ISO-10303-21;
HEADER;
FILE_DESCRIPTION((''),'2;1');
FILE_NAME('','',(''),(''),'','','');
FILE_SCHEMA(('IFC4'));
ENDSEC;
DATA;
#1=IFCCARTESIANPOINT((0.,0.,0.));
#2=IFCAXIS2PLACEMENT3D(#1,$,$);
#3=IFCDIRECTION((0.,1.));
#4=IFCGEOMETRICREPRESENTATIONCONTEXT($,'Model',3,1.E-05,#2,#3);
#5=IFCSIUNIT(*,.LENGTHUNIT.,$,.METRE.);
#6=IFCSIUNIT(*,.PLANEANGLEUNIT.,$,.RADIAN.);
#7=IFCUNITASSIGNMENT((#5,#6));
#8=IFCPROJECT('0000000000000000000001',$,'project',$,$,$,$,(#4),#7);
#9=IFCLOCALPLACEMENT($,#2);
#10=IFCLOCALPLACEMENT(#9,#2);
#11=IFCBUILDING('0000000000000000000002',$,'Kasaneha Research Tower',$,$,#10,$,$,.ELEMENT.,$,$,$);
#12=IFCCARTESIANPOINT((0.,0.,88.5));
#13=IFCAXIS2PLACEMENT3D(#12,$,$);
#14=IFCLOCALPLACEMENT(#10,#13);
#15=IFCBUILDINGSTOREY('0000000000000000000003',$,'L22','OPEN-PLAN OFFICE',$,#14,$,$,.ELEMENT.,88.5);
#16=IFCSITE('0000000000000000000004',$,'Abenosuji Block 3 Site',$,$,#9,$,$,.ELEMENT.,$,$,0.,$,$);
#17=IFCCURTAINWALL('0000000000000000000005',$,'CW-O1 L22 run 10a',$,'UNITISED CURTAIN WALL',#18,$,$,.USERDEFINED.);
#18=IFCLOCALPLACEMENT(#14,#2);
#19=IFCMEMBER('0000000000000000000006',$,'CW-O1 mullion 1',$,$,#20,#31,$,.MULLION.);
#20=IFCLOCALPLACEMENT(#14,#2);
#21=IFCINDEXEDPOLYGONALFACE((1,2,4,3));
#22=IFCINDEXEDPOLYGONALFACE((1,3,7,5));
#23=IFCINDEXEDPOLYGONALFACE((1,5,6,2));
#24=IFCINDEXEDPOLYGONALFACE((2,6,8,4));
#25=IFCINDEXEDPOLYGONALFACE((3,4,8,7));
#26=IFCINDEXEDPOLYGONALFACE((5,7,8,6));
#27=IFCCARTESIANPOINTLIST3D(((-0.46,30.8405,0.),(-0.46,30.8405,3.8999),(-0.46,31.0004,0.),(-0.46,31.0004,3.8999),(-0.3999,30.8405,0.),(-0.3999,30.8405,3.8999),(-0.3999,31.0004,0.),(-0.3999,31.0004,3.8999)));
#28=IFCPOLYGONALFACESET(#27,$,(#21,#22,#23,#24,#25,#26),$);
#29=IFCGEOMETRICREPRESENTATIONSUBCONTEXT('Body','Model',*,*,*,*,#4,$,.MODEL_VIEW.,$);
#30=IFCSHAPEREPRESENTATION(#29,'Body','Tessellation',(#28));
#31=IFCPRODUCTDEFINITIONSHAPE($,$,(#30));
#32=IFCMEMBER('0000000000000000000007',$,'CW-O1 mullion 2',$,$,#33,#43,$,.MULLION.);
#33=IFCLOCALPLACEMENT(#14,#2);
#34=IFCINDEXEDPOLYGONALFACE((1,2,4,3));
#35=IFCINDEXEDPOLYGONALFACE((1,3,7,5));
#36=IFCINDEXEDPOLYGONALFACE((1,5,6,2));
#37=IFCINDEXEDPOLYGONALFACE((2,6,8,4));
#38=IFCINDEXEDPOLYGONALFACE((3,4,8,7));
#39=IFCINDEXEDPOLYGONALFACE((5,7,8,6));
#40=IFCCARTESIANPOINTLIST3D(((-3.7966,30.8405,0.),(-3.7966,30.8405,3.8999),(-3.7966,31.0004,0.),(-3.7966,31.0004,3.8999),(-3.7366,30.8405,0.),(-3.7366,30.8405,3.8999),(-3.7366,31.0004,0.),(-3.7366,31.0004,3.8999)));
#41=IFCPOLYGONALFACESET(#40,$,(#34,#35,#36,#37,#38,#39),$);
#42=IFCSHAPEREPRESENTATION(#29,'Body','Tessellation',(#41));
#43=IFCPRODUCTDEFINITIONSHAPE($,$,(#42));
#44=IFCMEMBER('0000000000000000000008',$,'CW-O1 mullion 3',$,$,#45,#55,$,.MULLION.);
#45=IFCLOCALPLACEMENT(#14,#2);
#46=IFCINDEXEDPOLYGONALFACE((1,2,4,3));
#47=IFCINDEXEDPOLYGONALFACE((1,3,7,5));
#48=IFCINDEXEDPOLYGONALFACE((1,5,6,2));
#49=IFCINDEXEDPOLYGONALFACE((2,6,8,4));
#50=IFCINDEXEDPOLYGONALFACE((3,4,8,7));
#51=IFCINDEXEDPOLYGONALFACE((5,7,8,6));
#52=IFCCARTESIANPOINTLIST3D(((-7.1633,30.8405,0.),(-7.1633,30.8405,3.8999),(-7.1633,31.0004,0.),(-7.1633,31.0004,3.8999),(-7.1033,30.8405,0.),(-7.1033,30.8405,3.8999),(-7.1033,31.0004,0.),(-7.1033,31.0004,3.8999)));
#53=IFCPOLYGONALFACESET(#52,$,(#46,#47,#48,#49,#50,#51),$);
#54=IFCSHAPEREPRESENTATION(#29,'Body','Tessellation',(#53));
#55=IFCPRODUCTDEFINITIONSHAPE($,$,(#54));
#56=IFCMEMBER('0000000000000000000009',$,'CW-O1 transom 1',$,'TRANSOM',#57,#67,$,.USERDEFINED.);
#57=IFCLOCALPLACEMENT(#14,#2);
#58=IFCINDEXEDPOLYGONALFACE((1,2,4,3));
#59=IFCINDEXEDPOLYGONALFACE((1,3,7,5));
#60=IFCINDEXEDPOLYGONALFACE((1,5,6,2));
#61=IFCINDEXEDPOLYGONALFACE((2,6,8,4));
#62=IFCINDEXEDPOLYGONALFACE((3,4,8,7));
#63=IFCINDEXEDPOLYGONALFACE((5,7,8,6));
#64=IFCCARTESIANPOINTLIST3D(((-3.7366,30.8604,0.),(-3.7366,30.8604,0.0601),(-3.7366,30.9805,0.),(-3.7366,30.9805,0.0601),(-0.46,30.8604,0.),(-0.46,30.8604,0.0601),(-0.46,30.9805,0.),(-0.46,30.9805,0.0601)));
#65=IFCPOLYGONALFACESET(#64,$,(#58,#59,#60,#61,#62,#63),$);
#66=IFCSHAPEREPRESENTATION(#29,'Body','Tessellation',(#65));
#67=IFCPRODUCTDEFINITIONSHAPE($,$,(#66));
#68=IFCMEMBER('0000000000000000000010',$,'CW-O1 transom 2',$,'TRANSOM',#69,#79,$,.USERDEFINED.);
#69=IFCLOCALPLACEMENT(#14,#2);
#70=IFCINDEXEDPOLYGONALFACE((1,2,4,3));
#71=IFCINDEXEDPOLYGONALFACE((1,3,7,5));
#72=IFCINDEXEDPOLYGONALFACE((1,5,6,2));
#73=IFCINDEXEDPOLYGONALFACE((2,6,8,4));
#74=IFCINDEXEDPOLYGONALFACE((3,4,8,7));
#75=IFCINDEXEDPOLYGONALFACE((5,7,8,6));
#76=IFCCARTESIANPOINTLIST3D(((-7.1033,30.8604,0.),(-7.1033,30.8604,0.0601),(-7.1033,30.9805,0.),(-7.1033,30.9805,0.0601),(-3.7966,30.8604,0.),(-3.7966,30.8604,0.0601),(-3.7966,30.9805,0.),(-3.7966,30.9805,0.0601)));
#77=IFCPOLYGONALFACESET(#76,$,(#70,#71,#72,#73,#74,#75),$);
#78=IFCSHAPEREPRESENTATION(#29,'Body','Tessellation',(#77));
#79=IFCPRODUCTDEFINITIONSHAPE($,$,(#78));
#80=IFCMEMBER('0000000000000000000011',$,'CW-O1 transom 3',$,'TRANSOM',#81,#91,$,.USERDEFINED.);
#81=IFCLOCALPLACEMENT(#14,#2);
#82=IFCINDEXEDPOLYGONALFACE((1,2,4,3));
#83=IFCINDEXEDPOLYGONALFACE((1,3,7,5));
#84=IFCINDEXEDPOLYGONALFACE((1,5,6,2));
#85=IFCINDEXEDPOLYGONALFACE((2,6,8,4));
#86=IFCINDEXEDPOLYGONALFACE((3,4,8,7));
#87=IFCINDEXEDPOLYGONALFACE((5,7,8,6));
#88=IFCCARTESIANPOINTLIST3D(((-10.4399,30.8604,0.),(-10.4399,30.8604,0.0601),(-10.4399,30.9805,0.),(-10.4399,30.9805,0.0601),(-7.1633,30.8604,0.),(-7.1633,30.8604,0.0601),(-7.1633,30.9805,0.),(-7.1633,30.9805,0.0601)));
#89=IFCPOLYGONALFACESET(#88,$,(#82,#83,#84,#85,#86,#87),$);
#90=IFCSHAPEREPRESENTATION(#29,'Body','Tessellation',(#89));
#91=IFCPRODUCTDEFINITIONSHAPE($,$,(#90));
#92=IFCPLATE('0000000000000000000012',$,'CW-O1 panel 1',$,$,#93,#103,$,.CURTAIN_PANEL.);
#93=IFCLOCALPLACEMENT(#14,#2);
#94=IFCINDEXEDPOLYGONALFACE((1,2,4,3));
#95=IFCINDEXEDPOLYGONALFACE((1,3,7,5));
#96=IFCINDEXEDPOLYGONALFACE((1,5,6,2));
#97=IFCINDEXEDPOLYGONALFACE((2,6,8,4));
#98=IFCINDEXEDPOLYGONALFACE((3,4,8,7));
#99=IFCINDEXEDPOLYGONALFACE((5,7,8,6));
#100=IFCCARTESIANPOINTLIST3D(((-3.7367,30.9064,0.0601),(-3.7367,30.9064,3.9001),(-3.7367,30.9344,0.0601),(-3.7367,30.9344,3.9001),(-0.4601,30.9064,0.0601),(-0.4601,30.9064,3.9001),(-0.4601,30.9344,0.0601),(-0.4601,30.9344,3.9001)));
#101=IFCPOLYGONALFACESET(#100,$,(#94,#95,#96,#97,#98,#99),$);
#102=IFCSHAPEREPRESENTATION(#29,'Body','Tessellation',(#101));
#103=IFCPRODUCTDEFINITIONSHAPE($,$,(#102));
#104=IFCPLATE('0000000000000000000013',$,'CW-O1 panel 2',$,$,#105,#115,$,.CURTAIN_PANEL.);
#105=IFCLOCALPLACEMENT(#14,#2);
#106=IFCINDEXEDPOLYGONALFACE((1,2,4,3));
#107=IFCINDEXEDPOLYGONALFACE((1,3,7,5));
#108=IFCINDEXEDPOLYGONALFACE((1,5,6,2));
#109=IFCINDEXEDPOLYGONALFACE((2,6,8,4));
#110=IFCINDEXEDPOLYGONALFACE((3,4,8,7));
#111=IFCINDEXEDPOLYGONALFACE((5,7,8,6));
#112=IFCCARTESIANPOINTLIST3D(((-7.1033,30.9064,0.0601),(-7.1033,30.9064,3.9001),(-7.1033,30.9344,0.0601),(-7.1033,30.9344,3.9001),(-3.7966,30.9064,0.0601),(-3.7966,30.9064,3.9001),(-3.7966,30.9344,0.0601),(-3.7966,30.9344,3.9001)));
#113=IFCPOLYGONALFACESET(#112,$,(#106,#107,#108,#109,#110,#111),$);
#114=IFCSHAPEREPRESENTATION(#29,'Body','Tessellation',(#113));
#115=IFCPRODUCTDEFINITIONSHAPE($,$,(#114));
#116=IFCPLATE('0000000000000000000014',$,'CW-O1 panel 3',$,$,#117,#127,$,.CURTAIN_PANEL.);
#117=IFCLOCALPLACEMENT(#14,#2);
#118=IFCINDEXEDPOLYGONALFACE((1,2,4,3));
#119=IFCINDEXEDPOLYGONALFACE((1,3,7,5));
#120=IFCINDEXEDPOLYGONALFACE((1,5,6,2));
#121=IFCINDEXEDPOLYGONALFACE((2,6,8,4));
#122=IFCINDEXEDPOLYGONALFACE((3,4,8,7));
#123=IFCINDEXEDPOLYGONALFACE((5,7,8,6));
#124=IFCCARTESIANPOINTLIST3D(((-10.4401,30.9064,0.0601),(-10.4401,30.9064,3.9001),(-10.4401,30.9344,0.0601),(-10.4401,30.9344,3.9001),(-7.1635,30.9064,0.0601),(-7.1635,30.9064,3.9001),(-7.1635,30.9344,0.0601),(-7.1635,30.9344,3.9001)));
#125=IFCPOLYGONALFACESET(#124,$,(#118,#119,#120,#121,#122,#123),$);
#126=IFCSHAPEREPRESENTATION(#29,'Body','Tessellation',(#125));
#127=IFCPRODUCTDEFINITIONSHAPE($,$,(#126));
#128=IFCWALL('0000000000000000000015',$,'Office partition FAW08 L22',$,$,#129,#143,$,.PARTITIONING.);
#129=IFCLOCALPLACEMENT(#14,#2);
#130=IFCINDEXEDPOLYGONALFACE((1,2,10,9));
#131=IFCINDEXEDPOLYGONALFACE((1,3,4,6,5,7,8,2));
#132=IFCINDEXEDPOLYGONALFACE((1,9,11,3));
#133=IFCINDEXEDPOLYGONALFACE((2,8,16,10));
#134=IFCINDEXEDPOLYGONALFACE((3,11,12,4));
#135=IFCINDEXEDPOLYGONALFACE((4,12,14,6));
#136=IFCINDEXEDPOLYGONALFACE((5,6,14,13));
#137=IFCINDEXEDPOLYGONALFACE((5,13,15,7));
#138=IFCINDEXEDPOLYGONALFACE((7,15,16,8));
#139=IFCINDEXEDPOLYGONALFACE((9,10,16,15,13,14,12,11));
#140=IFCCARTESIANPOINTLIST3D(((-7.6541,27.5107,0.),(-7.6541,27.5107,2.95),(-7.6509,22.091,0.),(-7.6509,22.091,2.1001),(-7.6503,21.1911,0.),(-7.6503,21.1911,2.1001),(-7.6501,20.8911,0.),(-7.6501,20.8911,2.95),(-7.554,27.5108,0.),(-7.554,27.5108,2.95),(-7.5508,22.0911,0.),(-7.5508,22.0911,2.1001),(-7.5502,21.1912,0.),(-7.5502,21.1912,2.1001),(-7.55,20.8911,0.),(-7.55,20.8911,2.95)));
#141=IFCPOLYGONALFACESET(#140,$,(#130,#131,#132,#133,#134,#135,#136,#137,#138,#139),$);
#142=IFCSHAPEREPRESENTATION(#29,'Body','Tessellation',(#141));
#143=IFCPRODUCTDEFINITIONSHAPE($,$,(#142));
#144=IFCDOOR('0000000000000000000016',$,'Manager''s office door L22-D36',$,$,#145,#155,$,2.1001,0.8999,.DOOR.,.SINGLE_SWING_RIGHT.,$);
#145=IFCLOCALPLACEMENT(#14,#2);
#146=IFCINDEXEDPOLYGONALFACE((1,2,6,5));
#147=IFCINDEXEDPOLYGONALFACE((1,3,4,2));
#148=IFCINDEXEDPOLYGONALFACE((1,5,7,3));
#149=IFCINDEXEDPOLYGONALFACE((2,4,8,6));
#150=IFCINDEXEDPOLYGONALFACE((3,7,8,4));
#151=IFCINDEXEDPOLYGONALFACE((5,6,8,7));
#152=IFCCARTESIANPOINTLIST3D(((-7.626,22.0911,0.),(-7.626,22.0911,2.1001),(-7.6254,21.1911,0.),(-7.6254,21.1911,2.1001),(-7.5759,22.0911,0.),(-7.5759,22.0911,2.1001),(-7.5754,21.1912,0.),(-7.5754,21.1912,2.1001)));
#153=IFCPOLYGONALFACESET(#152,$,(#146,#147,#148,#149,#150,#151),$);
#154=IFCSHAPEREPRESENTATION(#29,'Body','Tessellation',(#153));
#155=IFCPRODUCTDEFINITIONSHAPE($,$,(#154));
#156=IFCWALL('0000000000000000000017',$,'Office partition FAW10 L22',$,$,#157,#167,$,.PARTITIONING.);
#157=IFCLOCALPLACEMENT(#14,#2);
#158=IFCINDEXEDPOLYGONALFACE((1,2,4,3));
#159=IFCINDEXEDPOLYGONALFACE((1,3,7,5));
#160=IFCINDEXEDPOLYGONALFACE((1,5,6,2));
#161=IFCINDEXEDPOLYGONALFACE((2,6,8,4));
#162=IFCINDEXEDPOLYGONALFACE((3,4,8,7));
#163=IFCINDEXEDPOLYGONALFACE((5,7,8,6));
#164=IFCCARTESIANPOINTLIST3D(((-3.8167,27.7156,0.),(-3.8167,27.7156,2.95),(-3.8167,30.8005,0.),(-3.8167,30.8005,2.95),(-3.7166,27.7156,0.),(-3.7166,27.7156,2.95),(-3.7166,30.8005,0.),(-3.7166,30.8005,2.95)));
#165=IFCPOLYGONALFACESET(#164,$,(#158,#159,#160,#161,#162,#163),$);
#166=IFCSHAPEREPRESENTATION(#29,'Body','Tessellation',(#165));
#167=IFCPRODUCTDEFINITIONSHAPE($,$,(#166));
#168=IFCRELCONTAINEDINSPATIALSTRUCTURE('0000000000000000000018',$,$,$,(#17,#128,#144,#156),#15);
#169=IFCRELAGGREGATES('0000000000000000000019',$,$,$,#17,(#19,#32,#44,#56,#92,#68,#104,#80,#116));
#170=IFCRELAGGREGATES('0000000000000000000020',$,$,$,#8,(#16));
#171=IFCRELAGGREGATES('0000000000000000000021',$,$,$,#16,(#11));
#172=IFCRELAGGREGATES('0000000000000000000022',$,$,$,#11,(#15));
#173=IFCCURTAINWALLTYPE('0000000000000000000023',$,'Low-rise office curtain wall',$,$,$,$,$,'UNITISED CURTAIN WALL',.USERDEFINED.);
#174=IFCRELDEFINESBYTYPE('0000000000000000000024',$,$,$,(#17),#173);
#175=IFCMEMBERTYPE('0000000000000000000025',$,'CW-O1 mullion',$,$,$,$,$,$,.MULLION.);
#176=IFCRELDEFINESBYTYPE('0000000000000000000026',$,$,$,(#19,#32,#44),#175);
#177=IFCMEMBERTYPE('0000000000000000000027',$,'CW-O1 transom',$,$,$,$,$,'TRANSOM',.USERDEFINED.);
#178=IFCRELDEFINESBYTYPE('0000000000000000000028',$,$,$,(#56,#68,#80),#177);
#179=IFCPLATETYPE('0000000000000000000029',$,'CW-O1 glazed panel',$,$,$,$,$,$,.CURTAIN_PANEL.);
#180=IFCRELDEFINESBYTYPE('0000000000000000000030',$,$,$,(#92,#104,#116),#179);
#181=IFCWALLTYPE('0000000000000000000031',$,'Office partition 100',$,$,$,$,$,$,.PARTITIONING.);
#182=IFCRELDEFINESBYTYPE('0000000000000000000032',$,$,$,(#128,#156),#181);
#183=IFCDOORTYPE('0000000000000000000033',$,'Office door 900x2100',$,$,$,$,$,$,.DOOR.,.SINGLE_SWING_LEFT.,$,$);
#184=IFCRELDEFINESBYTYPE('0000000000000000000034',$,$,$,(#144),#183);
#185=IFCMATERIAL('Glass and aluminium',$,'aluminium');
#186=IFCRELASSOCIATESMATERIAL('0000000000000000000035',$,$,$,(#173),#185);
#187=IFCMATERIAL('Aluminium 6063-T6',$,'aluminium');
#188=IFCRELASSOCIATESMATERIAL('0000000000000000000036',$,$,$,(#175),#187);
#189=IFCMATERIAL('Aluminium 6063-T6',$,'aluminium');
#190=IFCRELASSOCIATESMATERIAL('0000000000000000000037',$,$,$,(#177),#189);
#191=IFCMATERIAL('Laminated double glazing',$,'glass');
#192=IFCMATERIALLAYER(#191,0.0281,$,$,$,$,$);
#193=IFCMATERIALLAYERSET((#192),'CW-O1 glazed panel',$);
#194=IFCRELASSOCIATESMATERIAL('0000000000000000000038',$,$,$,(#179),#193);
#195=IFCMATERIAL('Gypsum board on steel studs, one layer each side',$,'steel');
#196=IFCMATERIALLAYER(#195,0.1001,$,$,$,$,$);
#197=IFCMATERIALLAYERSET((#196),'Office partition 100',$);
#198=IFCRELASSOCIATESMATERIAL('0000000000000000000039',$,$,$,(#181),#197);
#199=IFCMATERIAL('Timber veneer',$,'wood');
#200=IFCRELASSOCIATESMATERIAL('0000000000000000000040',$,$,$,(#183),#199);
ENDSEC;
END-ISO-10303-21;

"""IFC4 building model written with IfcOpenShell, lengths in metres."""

from ifc_helpers import new_model, si_unit, direction, frame, frame_2d, origin, origin_2d, place, context, subcontext, project, spatial, rectangle, extrude, material, layer, layer_set, material_profile, profile_set, type_object, element, fill, aggregate, save


model = new_model("IFC4")

# Units and contexts
model_context = context("Model", 3, precision=1e-05, world=origin(), true_north=direction((0.0, 1.0)))
body_context = subcontext(model_context, "Body", "Model", "MODEL_VIEW")
ifc_project = project(units=[si_unit("LENGTHUNIT", "METRE"), si_unit("PLANEANGLEUNIT", "RADIAN")], contexts=[model_context])

# Site, building, storey
site_placement = place(None, origin())
site = spatial("IfcSite", under=ifc_project, at=site_placement, Name="Abenosuji Block 3 Site", CompositionType="ELEMENT", RefElevation=0.0)
building_placement = place(site_placement, origin())
building = spatial("IfcBuilding", under=site, at=building_placement, Name="Kasaneha Research Tower", CompositionType="ELEMENT")
storey_placement = place(building_placement, frame((0.0, 0.0, 88.5)))
storey = spatial("IfcBuildingStorey", under=building, at=storey_placement, Name="L22", Description="OPEN-PLAN OFFICE", CompositionType="ELEMENT", Elevation=88.5)

# Curtain wall, members, plates
ifc_material_1 = material(Name="Glass and aluminium", Category="aluminium")
curtain_wall_type = type_object("IfcCurtainWallType", Name="Low-rise office curtain wall", ElementType="UNITISED CURTAIN WALL", PredefinedType="USERDEFINED", material=ifc_material_1)
curtain_wall_placement = place(storey_placement, origin())
curtain_wall = element("IfcCurtainWall", 1, at=curtain_wall_placement, inside=storey, type_object=curtain_wall_type, Name="CW-O1 L22 run 10a", ObjectType="UNITISED CURTAIN WALL", PredefinedType="USERDEFINED")
ifc_material_2 = material(Name="Aluminium 6063-T6", Category="aluminium")
ifc_material_profile_1 = material_profile(ifc_material_2, rectangle(XDim=0.0601, YDim=0.1599, at=origin_2d()), Name="CW-O1 mullion 60x160")
ifc_profile_set_1 = profile_set([ifc_material_profile_1], Name="Aluminium 6063-T6")
member_type_1 = type_object("IfcMemberType", Name="CW-O1 mullion", PredefinedType="MULLION", material=ifc_profile_set_1)
member_1_placement = place(storey_placement, frame((-0.4299, 30.9204, 0.0), z_axis=(0.0, 0.0, 1.0), x_axis=(-1.0, 0.0, 0.0)))
member_1 = element("IfcMember", 2, at=member_1_placement, type_object=member_type_1, Name="CW-O1 mullion 1", PredefinedType="MULLION", context=body_context, shape_type="SweptSolid", body=[
    extrude(rectangle(XDim=0.0601, YDim=0.1599, at=origin_2d()), origin(), (0.0, 0.0, 1.0), 3.8999),
])
member_2_placement = place(storey_placement, frame((-3.7666, 30.9204, 0.0), z_axis=(0.0, 0.0, 1.0), x_axis=(-1.0, 0.0, 0.0)))
member_2 = element("IfcMember", 3, at=member_2_placement, type_object=member_type_1, Name="CW-O1 mullion 2", PredefinedType="MULLION", context=body_context, shape_type="SweptSolid", body=[
    extrude(rectangle(XDim=0.0601, YDim=0.1599, at=origin_2d()), origin(), (0.0, 0.0, 1.0), 3.8999),
])
member_3_placement = place(storey_placement, frame((-7.1333, 30.9204, 0.0), z_axis=(0.0, 0.0, 1.0), x_axis=(-1.0, 0.0, 0.0)))
member_3 = element("IfcMember", 4, at=member_3_placement, type_object=member_type_1, Name="CW-O1 mullion 3", PredefinedType="MULLION", context=body_context, shape_type="SweptSolid", body=[
    extrude(rectangle(XDim=0.0601, YDim=0.1599, at=origin_2d()), origin(), (0.0, 0.0, 1.0), 3.8999),
])
ifc_material_3 = material(Name="Aluminium 6063-T6", Category="aluminium")
ifc_material_profile_2 = material_profile(ifc_material_3, rectangle(XDim=0.1201, YDim=0.0601, at=origin_2d()), Name="CW-O1 transom 120x60")
ifc_profile_set_2 = profile_set([ifc_material_profile_2], Name="Aluminium 6063-T6")
member_type_2 = type_object("IfcMemberType", Name="CW-O1 transom", ElementType="TRANSOM", PredefinedType="USERDEFINED", material=ifc_profile_set_2)
member_4_placement = place(storey_placement, frame((-0.46, 30.9204, 0.03), z_axis=(-1.0, 0.0, 0.0), x_axis=(0.0, -1.0, 0.0)))
member_4 = element("IfcMember", 5, at=member_4_placement, type_object=member_type_2, Name="CW-O1 transom 1", ObjectType="TRANSOM", PredefinedType="USERDEFINED", context=body_context, shape_type="SweptSolid", body=[
    extrude(rectangle(XDim=0.1201, YDim=0.0601, at=origin_2d()), origin(), (0.0, 0.0, 1.0), 3.2766),
])
member_5_placement = place(storey_placement, frame((-3.7966, 30.9204, 0.03), z_axis=(-1.0, 0.0, 0.0), x_axis=(0.0, -1.0, 0.0)))
member_5 = element("IfcMember", 6, at=member_5_placement, type_object=member_type_2, Name="CW-O1 transom 2", ObjectType="TRANSOM", PredefinedType="USERDEFINED", context=body_context, shape_type="SweptSolid", body=[
    extrude(rectangle(XDim=0.1201, YDim=0.0601, at=origin_2d()), origin(), (0.0, 0.0, 1.0), 3.3066),
])
member_6_placement = place(storey_placement, frame((-7.1633, 30.9204, 0.03), z_axis=(-1.0, 0.0, 0.0), x_axis=(0.0, -1.0, 0.0)))
member_6 = element("IfcMember", 7, at=member_6_placement, type_object=member_type_2, Name="CW-O1 transom 3", ObjectType="TRANSOM", PredefinedType="USERDEFINED", context=body_context, shape_type="SweptSolid", body=[
    extrude(rectangle(XDim=0.1201, YDim=0.0601, at=origin_2d()), origin(), (0.0, 0.0, 1.0), 3.2766),
])
ifc_material_4 = material(Name="Laminated double glazing", Category="glass")
ifc_layer_1 = layer(ifc_material_4, 0.0281)
ifc_layer_set_1 = layer_set([ifc_layer_1], Name="CW-O1 glazed panel")
plate_type = type_object("IfcPlateType", Name="CW-O1 glazed panel", PredefinedType="CURTAIN_PANEL", material=ifc_layer_set_1)
plate_1_placement = place(storey_placement, frame((-2.0984, 30.9204, 0.0601), z_axis=(0.0, 0.0, 1.0), x_axis=(-1.0, 0.0, 0.0)))
plate_1 = element("IfcPlate", 8, at=plate_1_placement, type_object=plate_type, Name="CW-O1 panel 1", PredefinedType="CURTAIN_PANEL", context=body_context, shape_type="SweptSolid", body=[
    extrude(rectangle(XDim=3.2766, YDim=0.0281, at=origin_2d()), origin(), (0.0, 0.0, 1.0), 3.8401),
])
plate_2_placement = place(storey_placement, frame((-5.45, 30.9204, 0.0601), z_axis=(0.0, 0.0, 1.0), x_axis=(-1.0, 0.0, 0.0)))
plate_2 = element("IfcPlate", 9, at=plate_2_placement, type_object=plate_type, Name="CW-O1 panel 2", PredefinedType="CURTAIN_PANEL", context=body_context, shape_type="SweptSolid", body=[
    extrude(rectangle(XDim=3.3066, YDim=0.0281, at=origin_2d()), origin(), (0.0, 0.0, 1.0), 3.8401),
])
plate_3_placement = place(storey_placement, frame((-8.8018, 30.9204, 0.0601), z_axis=(0.0, 0.0, 1.0), x_axis=(-1.0, 0.0, 0.0)))
plate_3 = element("IfcPlate", 10, at=plate_3_placement, type_object=plate_type, Name="CW-O1 panel 3", PredefinedType="CURTAIN_PANEL", context=body_context, shape_type="SweptSolid", body=[
    extrude(rectangle(XDim=3.2766, YDim=0.0281, at=origin_2d()), origin(), (0.0, 0.0, 1.0), 3.8401),
])
aggregate(curtain_wall, [member_1, member_2, member_3, member_4, plate_1, member_5, plate_2, member_6, plate_3])

# Wall, opening, door
ifc_material_5 = material(Name="Gypsum board on steel studs, one layer each side", Category="steel")
ifc_layer_2 = layer(ifc_material_5, 0.1001)
ifc_layer_set_2 = layer_set([ifc_layer_2], Name="Office partition 100")
wall_type = type_object("IfcWallType", Name="Office partition 100", PredefinedType="PARTITIONING", material=ifc_layer_set_2)
wall_1_placement = place(storey_placement, frame((-7.604, 27.5107, 0.0), z_axis=(0.0, 0.0, 1.0), x_axis=(0.00059, -1.0, 0.0)))
wall_1 = element("IfcWall", 11, at=wall_1_placement, inside=storey, type_object=wall_type, Name="Office partition FAW08 L22", PredefinedType="PARTITIONING", context=body_context, shape_type="SweptSolid", body=[
    extrude(rectangle(XDim=6.6196, YDim=0.1001, at=frame_2d((3.3098, 0.0))), origin(), (0.0, 0.0, 1.0), 2.95),
])
opening_1_placement = place(wall_1_placement, frame((5.4197, 0.0, 0.0)))
opening_1 = element("IfcOpeningElement", 12, at=opening_1_placement, cuts=wall_1, PredefinedType="OPENING", context=body_context, shape_type="SweptSolid", body=[
    extrude(rectangle(XDim=0.8999, YDim=2.1001, at=frame_2d((0.45, 1.05))), frame((0.0, 0.0601, 0.0), z_axis=(0.0, -1.0, 0.0), x_axis=(1.0, 0.0, 0.0)), (0.0, 0.0, 1.0), 0.1201),
])
ifc_material_6 = material(Name="Timber veneer", Category="wood")
door_type = type_object("IfcDoorType", Name="Office door 900x2100", OperationType="SINGLE_SWING_LEFT", PredefinedType="DOOR", material=ifc_material_6)
door_1_placement = place(opening_1_placement, origin())
door_1 = element("IfcDoor", 13, at=door_1_placement, inside=storey, type_object=door_type, Name="Manager's office door L22-D36", OperationType="SINGLE_SWING_RIGHT", OverallHeight=2.1001, OverallWidth=0.8999, PredefinedType="DOOR", context=body_context, shape_type="SweptSolid", body=[
    extrude(rectangle(XDim=0.8999, YDim=2.1001, at=frame_2d((0.45, 1.05))), frame((0.0, 0.0249, 0.0), z_axis=(0.0, -1.0, 0.0), x_axis=(1.0, 0.0, 0.0)), (0.0, 0.0, 1.0), 0.05),
])
fill(opening_1, door_1)

# Wall
wall_2_placement = place(storey_placement, frame((-3.7666, 27.7156, 0.0), z_axis=(0.0, 0.0, 1.0), x_axis=(0.0, 1.0, 0.0)))
element("IfcWall", 14, at=wall_2_placement, inside=storey, type_object=wall_type, Name="Office partition FAW10 L22", PredefinedType="PARTITIONING", context=body_context, shape_type="SweptSolid", body=[
    extrude(rectangle(XDim=3.085, YDim=0.1001, at=frame_2d((1.5425, 0.0))), origin(), (0.0, 0.0, 1.0), 2.95),
])

save(model, "model.ifc")
